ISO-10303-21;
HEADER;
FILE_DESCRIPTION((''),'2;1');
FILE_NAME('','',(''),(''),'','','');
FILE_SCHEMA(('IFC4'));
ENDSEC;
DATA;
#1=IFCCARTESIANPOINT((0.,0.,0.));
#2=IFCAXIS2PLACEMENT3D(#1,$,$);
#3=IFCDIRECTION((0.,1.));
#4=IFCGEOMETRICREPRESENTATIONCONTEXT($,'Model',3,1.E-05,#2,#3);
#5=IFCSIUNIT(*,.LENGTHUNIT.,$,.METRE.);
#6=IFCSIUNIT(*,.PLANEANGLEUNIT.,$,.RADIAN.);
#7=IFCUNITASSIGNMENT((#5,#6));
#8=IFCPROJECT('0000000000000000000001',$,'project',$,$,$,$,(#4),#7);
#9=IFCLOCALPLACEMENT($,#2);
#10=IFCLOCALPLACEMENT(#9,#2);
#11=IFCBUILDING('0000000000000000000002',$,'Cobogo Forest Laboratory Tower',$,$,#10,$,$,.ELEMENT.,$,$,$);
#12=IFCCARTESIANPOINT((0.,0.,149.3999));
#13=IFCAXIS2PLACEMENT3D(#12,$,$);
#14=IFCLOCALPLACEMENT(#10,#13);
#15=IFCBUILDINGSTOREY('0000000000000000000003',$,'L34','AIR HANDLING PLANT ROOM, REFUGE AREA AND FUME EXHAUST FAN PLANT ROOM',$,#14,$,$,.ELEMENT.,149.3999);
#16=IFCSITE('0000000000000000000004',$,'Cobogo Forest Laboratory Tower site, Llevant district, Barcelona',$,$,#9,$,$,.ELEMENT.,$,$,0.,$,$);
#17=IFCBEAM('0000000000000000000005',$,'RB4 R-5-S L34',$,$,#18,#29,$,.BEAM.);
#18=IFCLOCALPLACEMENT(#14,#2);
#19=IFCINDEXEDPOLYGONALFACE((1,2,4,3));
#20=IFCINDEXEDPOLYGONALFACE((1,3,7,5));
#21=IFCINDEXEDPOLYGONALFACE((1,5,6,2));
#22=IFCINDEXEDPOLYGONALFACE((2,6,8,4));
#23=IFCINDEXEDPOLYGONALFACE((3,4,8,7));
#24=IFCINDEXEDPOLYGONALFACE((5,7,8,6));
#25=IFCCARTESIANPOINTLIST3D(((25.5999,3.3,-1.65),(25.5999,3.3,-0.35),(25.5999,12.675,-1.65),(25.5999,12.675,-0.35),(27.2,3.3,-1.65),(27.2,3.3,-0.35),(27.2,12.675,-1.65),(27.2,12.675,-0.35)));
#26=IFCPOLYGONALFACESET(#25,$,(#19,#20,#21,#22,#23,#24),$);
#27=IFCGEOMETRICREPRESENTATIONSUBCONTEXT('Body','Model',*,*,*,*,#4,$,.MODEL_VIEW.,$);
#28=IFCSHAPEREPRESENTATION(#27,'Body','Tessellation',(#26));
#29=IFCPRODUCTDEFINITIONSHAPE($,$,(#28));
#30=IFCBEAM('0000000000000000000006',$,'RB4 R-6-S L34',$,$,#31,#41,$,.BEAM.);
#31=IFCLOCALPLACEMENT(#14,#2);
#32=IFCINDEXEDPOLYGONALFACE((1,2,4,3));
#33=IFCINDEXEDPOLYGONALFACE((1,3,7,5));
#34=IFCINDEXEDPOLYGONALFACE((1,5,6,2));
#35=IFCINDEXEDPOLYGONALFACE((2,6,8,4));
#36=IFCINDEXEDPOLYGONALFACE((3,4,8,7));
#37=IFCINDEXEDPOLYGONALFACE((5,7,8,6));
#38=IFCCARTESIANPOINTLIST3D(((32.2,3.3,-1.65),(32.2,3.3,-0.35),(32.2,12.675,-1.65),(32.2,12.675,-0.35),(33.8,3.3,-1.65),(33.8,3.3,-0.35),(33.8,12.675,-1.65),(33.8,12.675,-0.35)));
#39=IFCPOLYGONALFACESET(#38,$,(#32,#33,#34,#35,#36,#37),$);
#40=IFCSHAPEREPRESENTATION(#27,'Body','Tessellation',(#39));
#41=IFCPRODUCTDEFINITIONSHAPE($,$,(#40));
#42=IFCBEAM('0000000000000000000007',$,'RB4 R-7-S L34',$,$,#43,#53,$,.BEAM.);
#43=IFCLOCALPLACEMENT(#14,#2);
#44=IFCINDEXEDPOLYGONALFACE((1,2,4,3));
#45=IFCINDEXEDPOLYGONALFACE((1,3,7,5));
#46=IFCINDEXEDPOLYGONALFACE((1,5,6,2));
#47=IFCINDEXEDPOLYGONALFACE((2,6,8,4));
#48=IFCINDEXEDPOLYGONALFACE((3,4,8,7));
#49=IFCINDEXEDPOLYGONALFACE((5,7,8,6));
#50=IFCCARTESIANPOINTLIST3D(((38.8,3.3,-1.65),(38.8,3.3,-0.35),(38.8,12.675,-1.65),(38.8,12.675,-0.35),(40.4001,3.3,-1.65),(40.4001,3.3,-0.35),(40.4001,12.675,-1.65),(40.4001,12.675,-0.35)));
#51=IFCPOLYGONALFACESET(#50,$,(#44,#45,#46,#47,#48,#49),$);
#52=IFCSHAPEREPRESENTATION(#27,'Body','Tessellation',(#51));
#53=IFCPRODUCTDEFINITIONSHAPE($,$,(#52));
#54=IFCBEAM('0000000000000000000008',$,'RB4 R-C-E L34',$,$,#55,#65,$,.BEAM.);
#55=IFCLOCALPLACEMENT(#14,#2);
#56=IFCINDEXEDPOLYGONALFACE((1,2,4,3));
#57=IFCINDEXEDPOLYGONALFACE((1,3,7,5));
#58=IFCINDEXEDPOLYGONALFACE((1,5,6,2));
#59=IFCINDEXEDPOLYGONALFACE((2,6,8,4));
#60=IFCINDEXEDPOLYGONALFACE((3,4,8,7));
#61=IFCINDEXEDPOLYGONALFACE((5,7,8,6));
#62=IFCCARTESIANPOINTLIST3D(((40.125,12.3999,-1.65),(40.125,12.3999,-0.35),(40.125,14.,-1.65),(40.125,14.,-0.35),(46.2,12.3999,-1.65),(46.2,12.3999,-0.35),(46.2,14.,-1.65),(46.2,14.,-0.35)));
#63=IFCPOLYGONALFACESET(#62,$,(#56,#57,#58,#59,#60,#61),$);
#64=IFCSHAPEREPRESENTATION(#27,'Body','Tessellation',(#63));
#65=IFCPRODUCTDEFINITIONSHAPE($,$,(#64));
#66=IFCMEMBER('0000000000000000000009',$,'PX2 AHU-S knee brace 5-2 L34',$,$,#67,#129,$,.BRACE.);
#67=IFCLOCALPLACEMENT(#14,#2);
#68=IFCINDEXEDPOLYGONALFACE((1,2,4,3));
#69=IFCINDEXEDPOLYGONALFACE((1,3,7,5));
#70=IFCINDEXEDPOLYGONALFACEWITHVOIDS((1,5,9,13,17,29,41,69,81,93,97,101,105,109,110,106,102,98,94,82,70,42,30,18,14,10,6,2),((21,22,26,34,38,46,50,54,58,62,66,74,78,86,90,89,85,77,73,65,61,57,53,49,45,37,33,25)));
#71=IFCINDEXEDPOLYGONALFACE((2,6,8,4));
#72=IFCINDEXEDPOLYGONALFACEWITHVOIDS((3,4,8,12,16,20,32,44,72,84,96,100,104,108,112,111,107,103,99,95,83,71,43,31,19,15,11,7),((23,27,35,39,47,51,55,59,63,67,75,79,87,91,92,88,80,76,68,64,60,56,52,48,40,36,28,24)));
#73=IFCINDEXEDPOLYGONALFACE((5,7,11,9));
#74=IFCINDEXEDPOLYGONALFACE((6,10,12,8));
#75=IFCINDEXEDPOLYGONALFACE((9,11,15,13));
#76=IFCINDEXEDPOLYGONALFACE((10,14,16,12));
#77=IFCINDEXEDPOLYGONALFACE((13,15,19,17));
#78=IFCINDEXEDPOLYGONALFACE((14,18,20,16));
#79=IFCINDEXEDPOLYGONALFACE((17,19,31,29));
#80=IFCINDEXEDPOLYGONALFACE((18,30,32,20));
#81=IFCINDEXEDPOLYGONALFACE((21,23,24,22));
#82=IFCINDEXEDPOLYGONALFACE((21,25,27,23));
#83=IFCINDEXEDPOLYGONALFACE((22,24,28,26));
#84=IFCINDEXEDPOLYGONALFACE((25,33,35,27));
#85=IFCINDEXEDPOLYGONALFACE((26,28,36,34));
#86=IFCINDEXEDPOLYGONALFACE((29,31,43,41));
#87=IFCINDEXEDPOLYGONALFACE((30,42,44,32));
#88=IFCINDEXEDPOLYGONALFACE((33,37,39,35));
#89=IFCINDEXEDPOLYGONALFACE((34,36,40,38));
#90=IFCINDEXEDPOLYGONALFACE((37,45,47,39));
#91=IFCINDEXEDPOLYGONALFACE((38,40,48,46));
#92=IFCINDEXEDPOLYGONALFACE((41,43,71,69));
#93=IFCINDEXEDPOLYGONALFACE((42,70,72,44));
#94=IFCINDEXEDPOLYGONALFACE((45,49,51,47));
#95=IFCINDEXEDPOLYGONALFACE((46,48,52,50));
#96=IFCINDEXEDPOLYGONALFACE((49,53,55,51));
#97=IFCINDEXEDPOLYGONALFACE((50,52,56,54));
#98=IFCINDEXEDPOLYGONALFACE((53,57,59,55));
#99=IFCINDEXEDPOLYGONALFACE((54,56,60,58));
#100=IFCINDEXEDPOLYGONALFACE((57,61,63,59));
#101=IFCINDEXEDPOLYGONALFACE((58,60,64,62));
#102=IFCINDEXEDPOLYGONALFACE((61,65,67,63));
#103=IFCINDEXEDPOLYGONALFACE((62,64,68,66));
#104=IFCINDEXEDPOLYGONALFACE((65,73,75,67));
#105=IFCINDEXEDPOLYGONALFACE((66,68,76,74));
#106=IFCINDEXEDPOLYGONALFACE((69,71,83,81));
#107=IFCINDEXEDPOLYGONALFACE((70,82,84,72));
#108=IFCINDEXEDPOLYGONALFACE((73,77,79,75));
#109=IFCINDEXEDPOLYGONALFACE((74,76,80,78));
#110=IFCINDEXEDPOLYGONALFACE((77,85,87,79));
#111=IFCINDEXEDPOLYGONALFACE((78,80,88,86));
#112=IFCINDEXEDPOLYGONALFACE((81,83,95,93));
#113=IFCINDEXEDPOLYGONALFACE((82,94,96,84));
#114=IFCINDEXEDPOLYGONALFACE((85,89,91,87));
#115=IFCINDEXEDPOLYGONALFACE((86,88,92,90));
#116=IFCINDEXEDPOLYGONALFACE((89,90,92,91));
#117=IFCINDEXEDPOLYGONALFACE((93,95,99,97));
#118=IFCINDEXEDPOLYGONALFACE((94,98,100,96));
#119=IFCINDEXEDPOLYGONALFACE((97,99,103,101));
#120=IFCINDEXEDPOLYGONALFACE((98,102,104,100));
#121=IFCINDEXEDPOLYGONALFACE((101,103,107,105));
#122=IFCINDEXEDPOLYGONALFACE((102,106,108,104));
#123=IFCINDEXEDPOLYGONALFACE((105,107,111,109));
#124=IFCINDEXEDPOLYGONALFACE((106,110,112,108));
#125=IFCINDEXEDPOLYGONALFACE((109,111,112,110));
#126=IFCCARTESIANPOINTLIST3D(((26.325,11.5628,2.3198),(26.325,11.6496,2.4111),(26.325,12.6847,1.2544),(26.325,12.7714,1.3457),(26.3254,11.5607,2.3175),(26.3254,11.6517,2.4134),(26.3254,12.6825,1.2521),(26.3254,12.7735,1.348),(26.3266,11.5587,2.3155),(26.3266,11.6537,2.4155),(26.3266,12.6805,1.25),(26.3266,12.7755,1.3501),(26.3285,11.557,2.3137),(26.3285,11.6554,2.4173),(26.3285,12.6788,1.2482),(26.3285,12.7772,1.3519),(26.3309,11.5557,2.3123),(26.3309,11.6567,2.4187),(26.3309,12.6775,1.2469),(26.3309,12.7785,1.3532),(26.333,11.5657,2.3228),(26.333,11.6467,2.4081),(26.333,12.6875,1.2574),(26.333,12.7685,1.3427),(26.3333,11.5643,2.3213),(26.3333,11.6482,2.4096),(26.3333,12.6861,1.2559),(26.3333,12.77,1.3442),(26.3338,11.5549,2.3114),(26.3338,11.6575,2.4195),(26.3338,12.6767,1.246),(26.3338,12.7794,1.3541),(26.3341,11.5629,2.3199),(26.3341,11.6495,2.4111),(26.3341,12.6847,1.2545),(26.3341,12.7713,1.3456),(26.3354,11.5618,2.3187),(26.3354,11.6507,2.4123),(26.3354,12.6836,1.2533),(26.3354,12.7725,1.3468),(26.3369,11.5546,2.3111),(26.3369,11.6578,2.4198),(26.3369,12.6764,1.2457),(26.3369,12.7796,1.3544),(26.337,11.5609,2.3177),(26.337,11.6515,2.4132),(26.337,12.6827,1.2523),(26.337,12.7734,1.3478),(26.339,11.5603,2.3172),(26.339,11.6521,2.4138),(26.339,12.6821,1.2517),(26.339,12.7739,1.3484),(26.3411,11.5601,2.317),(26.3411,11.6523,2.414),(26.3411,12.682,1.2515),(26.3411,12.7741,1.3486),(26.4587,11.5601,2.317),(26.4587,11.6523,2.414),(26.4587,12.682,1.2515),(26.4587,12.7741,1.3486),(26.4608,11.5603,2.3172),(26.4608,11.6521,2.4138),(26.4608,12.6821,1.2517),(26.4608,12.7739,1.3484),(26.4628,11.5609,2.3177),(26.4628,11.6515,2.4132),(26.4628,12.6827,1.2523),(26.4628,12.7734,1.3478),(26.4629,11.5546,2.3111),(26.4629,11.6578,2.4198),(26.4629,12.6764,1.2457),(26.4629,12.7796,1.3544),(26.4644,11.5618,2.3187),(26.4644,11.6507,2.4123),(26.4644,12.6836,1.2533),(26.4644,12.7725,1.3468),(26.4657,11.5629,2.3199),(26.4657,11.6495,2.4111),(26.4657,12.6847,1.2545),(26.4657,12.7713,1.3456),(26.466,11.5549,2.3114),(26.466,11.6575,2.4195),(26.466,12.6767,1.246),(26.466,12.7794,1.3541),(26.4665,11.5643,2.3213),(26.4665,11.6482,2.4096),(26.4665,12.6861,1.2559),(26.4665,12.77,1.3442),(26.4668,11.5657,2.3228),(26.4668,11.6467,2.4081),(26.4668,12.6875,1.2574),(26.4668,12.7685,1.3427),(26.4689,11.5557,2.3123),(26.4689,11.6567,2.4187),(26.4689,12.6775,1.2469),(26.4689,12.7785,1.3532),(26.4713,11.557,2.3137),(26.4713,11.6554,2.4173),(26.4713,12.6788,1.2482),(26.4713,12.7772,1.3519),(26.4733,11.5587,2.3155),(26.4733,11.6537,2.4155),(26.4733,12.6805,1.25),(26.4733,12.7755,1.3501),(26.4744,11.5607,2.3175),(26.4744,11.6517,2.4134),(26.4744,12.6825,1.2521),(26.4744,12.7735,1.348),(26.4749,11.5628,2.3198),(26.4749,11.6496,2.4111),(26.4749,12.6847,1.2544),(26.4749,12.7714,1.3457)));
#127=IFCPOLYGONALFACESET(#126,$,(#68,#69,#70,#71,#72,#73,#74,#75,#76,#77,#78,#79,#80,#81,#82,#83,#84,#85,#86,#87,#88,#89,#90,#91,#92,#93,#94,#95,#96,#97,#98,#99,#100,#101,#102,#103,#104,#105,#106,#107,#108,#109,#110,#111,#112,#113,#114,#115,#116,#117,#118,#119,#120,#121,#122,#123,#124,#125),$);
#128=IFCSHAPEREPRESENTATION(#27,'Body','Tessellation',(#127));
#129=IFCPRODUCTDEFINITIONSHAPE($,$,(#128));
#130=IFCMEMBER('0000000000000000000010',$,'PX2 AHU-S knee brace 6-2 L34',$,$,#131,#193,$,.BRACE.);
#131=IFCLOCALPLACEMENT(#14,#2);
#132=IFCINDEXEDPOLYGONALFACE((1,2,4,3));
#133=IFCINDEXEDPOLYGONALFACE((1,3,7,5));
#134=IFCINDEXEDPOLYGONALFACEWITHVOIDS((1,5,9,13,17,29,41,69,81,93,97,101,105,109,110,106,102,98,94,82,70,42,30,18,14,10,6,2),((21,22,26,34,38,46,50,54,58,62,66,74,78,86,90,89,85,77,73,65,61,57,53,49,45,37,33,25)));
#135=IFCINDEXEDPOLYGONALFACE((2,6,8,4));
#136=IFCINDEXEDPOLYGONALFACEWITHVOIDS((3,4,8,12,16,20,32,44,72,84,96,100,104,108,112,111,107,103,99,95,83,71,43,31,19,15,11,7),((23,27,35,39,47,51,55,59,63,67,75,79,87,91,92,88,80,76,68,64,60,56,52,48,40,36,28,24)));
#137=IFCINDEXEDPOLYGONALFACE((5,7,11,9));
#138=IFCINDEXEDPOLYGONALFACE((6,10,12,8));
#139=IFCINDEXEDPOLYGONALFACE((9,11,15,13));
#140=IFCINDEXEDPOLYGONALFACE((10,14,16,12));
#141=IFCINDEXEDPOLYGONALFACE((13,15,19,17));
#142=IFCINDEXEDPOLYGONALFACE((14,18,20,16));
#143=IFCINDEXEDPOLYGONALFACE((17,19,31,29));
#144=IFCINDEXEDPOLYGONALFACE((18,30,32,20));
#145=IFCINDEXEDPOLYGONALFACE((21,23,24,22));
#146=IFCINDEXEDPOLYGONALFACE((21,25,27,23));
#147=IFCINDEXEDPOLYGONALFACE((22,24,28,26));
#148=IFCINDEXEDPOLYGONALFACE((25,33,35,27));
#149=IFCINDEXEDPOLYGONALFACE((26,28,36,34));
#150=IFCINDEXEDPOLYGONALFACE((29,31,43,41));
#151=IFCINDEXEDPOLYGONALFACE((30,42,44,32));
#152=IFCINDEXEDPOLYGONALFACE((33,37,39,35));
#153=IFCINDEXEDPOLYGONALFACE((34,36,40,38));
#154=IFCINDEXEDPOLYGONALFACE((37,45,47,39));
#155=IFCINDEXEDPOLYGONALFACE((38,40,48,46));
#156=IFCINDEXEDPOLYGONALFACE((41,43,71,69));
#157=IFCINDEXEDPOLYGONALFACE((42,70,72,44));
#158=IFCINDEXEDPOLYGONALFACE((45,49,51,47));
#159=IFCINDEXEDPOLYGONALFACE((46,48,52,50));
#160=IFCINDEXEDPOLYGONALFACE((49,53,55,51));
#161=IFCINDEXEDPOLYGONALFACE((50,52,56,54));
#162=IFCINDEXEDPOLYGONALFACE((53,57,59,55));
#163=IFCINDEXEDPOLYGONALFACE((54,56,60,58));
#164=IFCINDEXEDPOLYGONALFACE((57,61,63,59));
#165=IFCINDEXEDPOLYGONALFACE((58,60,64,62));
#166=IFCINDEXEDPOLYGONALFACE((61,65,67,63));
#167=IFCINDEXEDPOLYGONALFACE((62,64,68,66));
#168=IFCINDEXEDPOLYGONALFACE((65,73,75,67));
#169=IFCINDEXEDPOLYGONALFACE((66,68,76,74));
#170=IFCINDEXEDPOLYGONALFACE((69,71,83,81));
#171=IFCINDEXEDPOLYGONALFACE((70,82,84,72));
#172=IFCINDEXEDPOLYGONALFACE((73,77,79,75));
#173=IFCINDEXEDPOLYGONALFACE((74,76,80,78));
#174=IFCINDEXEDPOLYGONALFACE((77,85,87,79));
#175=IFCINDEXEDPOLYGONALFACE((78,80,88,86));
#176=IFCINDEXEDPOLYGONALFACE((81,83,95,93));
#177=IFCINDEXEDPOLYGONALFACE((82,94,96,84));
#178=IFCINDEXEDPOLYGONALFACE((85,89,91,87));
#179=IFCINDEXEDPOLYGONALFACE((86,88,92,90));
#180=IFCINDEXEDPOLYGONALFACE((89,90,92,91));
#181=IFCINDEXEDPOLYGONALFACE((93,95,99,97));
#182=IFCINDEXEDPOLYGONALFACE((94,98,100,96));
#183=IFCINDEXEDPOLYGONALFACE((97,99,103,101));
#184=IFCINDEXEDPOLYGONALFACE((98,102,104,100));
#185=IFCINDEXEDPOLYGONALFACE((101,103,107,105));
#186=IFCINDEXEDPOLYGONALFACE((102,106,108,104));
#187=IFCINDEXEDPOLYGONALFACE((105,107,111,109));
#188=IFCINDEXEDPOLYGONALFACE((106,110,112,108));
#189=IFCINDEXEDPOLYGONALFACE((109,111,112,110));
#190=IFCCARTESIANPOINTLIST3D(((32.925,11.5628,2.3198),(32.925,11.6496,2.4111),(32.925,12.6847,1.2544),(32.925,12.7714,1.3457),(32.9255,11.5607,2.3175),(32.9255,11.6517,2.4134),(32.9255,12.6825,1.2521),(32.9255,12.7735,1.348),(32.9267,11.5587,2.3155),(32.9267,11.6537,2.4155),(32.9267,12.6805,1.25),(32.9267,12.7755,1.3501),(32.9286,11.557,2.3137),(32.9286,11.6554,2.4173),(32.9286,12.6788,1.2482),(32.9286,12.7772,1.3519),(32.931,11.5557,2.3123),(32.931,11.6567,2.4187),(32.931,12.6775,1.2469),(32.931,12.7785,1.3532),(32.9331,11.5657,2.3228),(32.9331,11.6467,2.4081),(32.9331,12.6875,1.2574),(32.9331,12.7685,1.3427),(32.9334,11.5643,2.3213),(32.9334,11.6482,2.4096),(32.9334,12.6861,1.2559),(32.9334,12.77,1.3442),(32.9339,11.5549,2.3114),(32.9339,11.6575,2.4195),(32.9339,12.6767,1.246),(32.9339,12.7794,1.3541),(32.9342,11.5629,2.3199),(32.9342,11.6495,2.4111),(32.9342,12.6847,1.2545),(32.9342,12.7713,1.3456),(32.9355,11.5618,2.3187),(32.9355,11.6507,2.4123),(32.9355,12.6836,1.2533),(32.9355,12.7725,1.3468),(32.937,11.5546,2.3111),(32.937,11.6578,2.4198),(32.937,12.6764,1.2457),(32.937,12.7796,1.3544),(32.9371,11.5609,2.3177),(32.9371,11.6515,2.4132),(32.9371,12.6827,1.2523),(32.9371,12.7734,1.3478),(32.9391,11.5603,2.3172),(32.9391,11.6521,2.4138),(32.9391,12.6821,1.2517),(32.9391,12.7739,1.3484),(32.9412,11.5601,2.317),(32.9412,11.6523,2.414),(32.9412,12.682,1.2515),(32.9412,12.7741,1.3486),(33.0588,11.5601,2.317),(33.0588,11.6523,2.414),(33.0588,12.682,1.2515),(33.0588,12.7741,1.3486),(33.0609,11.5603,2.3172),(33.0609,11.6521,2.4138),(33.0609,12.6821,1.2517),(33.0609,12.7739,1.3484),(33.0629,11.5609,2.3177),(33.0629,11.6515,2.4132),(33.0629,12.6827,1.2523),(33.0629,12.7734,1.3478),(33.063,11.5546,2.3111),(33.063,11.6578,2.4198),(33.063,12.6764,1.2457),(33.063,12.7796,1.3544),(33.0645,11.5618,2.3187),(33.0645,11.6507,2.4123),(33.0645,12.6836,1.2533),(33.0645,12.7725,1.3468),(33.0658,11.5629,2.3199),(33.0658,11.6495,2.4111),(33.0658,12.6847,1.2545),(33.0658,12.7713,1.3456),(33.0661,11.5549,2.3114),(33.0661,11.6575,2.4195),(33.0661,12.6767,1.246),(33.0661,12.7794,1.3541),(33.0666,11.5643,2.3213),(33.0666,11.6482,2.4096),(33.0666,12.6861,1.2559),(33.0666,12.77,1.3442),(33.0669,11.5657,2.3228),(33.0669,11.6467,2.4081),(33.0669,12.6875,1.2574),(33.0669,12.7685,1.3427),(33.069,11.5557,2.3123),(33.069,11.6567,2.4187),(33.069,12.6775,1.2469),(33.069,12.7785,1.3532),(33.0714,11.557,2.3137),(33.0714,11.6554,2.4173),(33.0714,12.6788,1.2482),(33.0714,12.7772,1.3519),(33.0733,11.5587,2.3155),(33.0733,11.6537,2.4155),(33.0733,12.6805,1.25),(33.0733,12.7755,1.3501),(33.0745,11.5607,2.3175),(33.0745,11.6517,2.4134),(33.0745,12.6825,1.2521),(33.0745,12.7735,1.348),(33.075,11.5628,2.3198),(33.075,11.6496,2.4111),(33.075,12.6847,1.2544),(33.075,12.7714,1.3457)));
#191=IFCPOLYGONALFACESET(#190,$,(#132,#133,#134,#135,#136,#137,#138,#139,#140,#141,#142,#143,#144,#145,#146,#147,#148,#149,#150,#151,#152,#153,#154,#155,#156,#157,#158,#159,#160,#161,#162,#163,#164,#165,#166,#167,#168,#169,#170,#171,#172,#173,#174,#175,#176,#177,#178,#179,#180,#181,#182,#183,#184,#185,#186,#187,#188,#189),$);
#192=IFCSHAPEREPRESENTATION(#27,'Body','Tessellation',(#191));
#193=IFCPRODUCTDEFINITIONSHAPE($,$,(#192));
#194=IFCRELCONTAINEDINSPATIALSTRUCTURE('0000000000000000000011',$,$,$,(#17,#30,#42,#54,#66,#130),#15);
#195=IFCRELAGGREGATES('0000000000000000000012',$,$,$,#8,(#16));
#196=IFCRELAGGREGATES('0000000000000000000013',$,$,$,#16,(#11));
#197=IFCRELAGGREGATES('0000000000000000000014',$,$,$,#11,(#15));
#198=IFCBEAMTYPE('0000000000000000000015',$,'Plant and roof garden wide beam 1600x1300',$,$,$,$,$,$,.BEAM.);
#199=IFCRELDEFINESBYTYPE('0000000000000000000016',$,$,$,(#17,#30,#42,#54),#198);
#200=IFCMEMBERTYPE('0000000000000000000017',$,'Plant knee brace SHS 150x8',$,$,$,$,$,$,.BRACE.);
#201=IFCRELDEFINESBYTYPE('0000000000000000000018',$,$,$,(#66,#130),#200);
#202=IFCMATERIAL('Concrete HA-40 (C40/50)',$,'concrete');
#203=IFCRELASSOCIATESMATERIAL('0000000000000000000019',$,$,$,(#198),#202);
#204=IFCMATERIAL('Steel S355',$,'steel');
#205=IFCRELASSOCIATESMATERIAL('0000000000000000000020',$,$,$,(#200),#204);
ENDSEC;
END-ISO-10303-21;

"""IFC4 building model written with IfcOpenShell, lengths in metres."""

from ifc_helpers import new_model, si_unit, direction, frame, origin, origin_2d, place, context, subcontext, project, spatial, rectangle, hollow_rectangle, extrude, material, material_profile, profile_set, type_object, element, save


model = new_model("IFC4")

# Units and contexts
model_context = context("Model", 3, precision=1e-05, world=origin(), true_north=direction((0.0, 1.0)))
body_context = subcontext(model_context, "Body", "Model", "MODEL_VIEW")
ifc_project = project(units=[si_unit("LENGTHUNIT", "METRE"), si_unit("PLANEANGLEUNIT", "RADIAN")], contexts=[model_context])

# Site, building, storey
site_placement = place(None, origin())
site = spatial("IfcSite", under=ifc_project, at=site_placement, Name="Cobogo Forest Laboratory Tower site, Llevant district, Barcelona", CompositionType="ELEMENT", RefElevation=0.0)
building_placement = place(site_placement, origin())
building = spatial("IfcBuilding", under=site, at=building_placement, Name="Cobogo Forest Laboratory Tower", CompositionType="ELEMENT")
storey_placement = place(building_placement, frame((0.0, 0.0, 149.3999)))
storey = spatial("IfcBuildingStorey", under=building, at=storey_placement, Name="L34", Description="AIR HANDLING PLANT ROOM, REFUGE AREA AND FUME EXHAUST FAN PLANT ROOM", CompositionType="ELEMENT", Elevation=149.3999)

# Beams
ifc_material_1 = material(Name="Concrete HA-40 (C40/50)", Category="concrete")
ifc_material_profile_1 = material_profile(ifc_material_1, rectangle(XDim=1.6001, YDim=1.3, at=origin_2d()), Name="RC 1600x1300")
ifc_profile_set_1 = profile_set([ifc_material_profile_1], Name="Concrete HA-40 (C40/50)")
beam_type_1 = type_object("IfcBeamType", Name="Plant and roof garden wide beam 1600x1300", PredefinedType="BEAM", material=ifc_profile_set_1)
for number, where, z_axis, x_axis, name in (
    (1, (26.3999, 12.675, -1.0), (0.0, -1.0, 0.0), (1.0, 0.0, 0.0), "RB4 R-5-S L34"),
    (2, (33.0, 12.675, -1.0), (0.0, -1.0, 0.0), (1.0, 0.0, 0.0), "RB4 R-6-S L34"),
    (3, (39.6001, 12.675, -1.0), (0.0, -1.0, 0.0), (1.0, 0.0, 0.0), "RB4 R-7-S L34"),
):
    element("IfcBeam", number, at=place(storey_placement, frame(where, z_axis=z_axis, x_axis=x_axis)), inside=storey, type_object=beam_type_1, Name=name, PredefinedType="BEAM", context=body_context, shape_type="SweptSolid", body=[
        extrude(rectangle(XDim=1.6001, YDim=1.3, at=origin_2d()), origin(), (0.0, 0.0, 1.0), 9.375),
    ])
beam_placement = place(storey_placement, frame((40.125, 13.2, -1.0), z_axis=(1.0, 0.0, 0.0), x_axis=(0.0, 1.0, 0.0)))
element("IfcBeam", 4, at=beam_placement, inside=storey, type_object=beam_type_1, Name="RB4 R-C-E L34", PredefinedType="BEAM", context=body_context, shape_type="SweptSolid", body=[
    extrude(rectangle(XDim=1.6001, YDim=1.3, at=origin_2d()), origin(), (0.0, 0.0, 1.0), 6.075),
])

# Members
ifc_material_2 = material(Name="Steel S355", Category="steel")
ifc_material_profile_2 = material_profile(ifc_material_2, hollow_rectangle(XDim=0.1499, YDim=0.1499, WallThickness=0.0081, InnerFilletRadius=0.0081, OuterFilletRadius=0.012, at=origin_2d()), Name="SHS 150x8")
ifc_profile_set_2 = profile_set([ifc_material_profile_2], Name="Steel S355")
member_type = type_object("IfcMemberType", Name="Plant knee brace SHS 150x8", PredefinedType="BRACE", material=ifc_profile_set_2)
for number, where, z_axis, x_axis, name in (
    (5, (26.3999, 12.728, 1.3), (0.0, -0.725098, 0.688646), (1.0, 0.0, 0.0), "PX2 AHU-S knee brace 5-2 L34"),
    (6, (33.0, 12.728, 1.3), (0.0, -0.725098, 0.688646), (1.0, 0.0, 0.0), "PX2 AHU-S knee brace 6-2 L34"),
):
    element("IfcMember", number, at=place(storey_placement, frame(where, z_axis=z_axis, x_axis=x_axis)), inside=storey, type_object=member_type, Name=name, PredefinedType="BRACE", context=body_context, shape_type="SweptSolid", body=[
        extrude(hollow_rectangle(XDim=0.1499, YDim=0.1499, WallThickness=0.0081, InnerFilletRadius=0.0081, OuterFilletRadius=0.012, at=origin_2d()), origin(), (0.0, 0.0, 1.0), 1.5471),
    ])

save(model, "model.ifc")
